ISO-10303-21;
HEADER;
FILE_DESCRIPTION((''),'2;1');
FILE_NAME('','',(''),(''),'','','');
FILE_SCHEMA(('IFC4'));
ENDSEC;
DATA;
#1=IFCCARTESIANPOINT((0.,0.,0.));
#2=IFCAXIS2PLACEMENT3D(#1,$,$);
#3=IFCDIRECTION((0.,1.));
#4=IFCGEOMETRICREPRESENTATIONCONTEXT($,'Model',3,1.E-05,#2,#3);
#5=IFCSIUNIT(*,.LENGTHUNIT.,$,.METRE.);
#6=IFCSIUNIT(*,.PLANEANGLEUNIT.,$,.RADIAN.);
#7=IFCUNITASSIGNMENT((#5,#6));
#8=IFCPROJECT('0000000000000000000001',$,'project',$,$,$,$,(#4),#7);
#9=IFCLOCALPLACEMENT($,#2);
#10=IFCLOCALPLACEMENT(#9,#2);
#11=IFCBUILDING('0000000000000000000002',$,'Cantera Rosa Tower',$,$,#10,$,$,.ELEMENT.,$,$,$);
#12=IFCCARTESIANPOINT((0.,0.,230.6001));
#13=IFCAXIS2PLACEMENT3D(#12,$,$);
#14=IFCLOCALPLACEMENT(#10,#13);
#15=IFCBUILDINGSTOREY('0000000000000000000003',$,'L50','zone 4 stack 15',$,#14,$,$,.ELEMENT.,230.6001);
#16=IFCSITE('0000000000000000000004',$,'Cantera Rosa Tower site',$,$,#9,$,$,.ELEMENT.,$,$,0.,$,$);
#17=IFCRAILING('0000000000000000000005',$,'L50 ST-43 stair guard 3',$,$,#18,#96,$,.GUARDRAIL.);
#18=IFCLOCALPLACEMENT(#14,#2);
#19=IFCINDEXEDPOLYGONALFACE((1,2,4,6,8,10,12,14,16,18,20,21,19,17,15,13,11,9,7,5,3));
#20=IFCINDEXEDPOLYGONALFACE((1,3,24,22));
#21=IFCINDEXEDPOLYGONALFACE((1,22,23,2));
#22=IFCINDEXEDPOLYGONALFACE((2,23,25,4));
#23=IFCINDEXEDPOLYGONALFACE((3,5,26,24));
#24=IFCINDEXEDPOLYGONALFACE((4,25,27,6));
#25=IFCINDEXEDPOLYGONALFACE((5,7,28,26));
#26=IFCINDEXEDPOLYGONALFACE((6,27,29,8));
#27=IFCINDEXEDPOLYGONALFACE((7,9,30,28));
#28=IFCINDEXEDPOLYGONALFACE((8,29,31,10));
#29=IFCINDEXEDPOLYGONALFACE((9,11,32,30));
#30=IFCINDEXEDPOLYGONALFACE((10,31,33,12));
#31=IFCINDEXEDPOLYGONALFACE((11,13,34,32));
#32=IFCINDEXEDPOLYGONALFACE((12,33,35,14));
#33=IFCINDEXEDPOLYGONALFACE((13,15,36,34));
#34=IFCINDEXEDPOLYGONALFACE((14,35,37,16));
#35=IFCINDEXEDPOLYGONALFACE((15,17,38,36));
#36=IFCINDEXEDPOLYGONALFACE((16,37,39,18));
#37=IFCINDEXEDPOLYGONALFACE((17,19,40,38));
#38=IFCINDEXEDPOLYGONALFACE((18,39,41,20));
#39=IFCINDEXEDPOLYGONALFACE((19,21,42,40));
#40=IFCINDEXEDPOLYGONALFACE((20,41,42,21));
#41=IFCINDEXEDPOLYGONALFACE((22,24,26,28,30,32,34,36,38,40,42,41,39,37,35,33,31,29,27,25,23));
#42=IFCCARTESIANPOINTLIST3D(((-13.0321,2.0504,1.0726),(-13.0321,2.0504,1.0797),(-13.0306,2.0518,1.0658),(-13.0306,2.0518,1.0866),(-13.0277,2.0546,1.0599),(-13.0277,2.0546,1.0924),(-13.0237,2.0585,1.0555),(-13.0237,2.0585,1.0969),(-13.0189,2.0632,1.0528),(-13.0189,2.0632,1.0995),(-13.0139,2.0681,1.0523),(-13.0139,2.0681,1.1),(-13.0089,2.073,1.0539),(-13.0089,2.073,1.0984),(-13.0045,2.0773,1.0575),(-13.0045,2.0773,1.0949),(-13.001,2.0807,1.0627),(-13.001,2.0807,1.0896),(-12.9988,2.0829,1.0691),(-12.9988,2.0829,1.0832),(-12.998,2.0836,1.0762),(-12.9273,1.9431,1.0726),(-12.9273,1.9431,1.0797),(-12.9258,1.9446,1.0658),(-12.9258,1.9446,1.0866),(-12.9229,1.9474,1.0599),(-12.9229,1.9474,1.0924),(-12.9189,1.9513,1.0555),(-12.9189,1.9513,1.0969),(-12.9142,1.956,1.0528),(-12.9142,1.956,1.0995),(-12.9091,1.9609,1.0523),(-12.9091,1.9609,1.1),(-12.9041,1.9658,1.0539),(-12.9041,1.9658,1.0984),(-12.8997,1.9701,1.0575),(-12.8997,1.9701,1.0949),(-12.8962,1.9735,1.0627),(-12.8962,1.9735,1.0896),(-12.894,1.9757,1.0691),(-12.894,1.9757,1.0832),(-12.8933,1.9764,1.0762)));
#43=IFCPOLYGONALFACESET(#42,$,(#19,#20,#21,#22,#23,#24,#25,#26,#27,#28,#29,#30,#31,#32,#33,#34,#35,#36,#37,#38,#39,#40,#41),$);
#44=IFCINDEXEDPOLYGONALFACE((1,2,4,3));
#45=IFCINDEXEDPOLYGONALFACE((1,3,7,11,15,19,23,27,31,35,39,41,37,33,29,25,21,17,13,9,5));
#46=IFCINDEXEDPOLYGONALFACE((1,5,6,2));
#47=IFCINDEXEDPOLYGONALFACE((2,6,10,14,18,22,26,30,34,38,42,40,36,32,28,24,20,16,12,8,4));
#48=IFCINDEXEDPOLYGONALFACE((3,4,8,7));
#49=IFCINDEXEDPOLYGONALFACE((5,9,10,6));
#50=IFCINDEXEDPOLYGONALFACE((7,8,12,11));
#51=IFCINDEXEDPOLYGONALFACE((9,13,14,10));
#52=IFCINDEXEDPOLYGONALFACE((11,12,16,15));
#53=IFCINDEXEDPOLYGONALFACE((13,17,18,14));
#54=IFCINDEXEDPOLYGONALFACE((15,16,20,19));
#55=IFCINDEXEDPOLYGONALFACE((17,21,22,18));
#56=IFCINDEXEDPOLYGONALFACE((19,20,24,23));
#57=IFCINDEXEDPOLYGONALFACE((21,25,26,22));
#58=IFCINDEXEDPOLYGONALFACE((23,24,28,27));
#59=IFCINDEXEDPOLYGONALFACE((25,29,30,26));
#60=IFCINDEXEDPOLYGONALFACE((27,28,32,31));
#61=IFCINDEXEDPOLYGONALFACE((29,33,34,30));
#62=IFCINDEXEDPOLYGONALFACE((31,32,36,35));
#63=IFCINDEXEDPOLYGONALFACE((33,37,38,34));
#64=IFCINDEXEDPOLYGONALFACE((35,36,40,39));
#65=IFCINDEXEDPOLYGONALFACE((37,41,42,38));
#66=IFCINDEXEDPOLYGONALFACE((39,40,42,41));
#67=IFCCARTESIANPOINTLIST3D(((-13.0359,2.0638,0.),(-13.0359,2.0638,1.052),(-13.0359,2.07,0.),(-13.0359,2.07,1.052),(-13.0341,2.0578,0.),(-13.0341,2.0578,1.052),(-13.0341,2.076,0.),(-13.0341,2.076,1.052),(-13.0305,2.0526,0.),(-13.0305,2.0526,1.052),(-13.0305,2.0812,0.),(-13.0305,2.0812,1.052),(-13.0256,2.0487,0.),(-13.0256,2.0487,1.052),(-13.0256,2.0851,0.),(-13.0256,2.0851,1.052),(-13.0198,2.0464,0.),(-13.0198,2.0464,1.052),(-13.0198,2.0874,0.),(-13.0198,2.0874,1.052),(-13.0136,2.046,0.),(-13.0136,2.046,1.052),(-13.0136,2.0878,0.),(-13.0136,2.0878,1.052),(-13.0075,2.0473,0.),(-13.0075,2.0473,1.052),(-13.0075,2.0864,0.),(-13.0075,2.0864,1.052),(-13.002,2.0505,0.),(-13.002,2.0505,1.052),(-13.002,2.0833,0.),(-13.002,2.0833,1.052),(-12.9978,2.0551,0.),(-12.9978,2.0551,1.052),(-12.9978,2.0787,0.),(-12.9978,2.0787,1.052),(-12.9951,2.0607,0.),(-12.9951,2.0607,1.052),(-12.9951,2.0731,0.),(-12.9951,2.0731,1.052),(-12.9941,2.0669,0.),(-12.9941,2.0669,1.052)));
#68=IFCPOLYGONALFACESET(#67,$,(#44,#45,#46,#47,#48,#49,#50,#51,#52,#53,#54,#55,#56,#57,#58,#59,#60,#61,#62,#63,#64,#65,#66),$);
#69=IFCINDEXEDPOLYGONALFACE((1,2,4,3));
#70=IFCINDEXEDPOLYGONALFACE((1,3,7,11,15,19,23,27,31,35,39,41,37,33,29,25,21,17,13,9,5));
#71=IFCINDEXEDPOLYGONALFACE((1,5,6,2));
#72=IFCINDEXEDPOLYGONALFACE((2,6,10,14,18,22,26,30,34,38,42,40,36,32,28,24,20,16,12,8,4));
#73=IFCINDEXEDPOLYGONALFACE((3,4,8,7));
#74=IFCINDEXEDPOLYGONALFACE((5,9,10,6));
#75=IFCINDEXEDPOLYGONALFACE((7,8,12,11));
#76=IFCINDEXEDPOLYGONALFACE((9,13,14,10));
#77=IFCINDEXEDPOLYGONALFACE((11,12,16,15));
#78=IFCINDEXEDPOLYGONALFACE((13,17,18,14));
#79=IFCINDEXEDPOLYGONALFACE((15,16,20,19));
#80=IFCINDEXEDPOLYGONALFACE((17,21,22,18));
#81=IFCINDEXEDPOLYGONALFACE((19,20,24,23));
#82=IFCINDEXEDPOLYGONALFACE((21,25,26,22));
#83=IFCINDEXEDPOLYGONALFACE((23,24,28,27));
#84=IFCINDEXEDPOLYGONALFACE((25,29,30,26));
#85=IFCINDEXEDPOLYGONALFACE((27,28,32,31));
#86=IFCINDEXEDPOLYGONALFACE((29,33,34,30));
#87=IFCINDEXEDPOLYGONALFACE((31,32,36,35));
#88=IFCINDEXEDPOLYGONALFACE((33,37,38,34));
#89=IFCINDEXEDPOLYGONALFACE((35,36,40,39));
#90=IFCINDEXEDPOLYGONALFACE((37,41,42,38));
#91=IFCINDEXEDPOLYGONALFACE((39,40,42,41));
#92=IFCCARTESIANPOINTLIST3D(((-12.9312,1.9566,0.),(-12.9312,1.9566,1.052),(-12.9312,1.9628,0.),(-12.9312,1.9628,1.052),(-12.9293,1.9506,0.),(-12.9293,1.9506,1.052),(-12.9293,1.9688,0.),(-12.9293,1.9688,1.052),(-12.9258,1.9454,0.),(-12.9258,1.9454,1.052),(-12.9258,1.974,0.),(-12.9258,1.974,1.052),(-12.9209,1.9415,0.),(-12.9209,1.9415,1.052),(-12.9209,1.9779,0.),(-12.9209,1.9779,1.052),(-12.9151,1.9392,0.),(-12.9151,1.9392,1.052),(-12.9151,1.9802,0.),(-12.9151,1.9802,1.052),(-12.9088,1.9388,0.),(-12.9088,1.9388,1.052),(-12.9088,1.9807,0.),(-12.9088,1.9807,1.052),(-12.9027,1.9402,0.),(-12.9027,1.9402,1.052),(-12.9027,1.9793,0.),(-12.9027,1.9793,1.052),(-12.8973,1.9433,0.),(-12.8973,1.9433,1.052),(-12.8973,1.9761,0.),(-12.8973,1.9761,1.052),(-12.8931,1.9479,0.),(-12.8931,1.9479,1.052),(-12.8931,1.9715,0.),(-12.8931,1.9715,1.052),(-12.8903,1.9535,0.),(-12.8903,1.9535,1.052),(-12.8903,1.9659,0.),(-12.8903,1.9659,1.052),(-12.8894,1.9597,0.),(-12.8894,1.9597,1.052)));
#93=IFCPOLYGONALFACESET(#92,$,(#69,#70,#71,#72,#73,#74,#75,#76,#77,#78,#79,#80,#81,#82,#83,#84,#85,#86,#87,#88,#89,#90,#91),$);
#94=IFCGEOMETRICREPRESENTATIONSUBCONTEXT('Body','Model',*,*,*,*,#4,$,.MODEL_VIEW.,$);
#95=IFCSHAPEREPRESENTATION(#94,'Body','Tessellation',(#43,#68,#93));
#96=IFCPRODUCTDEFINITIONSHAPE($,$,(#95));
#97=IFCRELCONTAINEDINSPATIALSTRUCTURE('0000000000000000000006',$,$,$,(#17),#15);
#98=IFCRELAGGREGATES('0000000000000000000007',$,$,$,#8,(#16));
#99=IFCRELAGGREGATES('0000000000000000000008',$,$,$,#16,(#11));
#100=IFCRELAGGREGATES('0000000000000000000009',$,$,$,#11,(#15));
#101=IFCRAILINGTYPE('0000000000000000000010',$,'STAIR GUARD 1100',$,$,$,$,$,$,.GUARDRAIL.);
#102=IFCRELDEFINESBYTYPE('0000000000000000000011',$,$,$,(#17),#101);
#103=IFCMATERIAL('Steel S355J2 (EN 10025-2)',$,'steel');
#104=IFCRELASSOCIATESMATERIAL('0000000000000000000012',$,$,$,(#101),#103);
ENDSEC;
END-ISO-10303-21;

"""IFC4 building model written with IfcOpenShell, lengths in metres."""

from ifc_helpers import new_model, si_unit, direction, frame, origin, origin_2d, place, context, subcontext, project, spatial, circle, extrude, material, type_object, element, save


model = new_model("IFC4")

# Units and contexts
model_context = context("Model", 3, precision=1e-05, world=origin(), true_north=direction((0.0, 1.0)))
body_context = subcontext(model_context, "Body", "Model", "MODEL_VIEW")
ifc_project = project(units=[si_unit("LENGTHUNIT", "METRE"), si_unit("PLANEANGLEUNIT", "RADIAN")], contexts=[model_context])

# Site, building, storey
site_placement = place(None, origin())
site = spatial("IfcSite", under=ifc_project, at=site_placement, Name="Cantera Rosa Tower site", CompositionType="ELEMENT", RefElevation=0.0)
building_placement = place(site_placement, origin())
building = spatial("IfcBuilding", under=site, at=building_placement, Name="Cantera Rosa Tower", CompositionType="ELEMENT")
storey_placement = place(building_placement, frame((0.0, 0.0, 230.6001)))
storey = spatial("IfcBuildingStorey", under=building, at=storey_placement, Name="L50", Description="zone 4 stack 15", CompositionType="ELEMENT", Elevation=230.6001)

# Railing
ifc_material_1 = material(Name="Steel S355J2 (EN 10025-2)", Category="steel")
railing_type_1 = type_object("IfcRailingType", Name="STAIR GUARD 1100", PredefinedType="GUARDRAIL", material=ifc_material_1)
railing_1_placement = place(storey_placement, frame((-13.0151, 2.0669, 0.0)))
element("IfcRailing", 1, at=railing_1_placement, inside=storey, type_object=railing_type_1, Name="L50 ST-43 stair guard 3", PredefinedType="GUARDRAIL", context=body_context, shape_type="SweptSolid", body=[
    extrude(circle(Radius=0.0239, at=origin_2d()), frame((0.0, 0.0, 1.0762), z_axis=(0.698914, -0.715206, 0.0), x_axis=(0.715206, 0.698914, 0.0)), (0.0, 0.0, 1.0), 0.1499),
    extrude(circle(Radius=0.021, at=origin_2d()), origin(), (0.0, 0.0, 1.0), 1.052),
    extrude(circle(Radius=0.021, at=origin_2d()), frame((0.1047, -0.1072, 0.0)), (0.0, 0.0, 1.0), 1.052),
])

save(model, "model.ifc")
